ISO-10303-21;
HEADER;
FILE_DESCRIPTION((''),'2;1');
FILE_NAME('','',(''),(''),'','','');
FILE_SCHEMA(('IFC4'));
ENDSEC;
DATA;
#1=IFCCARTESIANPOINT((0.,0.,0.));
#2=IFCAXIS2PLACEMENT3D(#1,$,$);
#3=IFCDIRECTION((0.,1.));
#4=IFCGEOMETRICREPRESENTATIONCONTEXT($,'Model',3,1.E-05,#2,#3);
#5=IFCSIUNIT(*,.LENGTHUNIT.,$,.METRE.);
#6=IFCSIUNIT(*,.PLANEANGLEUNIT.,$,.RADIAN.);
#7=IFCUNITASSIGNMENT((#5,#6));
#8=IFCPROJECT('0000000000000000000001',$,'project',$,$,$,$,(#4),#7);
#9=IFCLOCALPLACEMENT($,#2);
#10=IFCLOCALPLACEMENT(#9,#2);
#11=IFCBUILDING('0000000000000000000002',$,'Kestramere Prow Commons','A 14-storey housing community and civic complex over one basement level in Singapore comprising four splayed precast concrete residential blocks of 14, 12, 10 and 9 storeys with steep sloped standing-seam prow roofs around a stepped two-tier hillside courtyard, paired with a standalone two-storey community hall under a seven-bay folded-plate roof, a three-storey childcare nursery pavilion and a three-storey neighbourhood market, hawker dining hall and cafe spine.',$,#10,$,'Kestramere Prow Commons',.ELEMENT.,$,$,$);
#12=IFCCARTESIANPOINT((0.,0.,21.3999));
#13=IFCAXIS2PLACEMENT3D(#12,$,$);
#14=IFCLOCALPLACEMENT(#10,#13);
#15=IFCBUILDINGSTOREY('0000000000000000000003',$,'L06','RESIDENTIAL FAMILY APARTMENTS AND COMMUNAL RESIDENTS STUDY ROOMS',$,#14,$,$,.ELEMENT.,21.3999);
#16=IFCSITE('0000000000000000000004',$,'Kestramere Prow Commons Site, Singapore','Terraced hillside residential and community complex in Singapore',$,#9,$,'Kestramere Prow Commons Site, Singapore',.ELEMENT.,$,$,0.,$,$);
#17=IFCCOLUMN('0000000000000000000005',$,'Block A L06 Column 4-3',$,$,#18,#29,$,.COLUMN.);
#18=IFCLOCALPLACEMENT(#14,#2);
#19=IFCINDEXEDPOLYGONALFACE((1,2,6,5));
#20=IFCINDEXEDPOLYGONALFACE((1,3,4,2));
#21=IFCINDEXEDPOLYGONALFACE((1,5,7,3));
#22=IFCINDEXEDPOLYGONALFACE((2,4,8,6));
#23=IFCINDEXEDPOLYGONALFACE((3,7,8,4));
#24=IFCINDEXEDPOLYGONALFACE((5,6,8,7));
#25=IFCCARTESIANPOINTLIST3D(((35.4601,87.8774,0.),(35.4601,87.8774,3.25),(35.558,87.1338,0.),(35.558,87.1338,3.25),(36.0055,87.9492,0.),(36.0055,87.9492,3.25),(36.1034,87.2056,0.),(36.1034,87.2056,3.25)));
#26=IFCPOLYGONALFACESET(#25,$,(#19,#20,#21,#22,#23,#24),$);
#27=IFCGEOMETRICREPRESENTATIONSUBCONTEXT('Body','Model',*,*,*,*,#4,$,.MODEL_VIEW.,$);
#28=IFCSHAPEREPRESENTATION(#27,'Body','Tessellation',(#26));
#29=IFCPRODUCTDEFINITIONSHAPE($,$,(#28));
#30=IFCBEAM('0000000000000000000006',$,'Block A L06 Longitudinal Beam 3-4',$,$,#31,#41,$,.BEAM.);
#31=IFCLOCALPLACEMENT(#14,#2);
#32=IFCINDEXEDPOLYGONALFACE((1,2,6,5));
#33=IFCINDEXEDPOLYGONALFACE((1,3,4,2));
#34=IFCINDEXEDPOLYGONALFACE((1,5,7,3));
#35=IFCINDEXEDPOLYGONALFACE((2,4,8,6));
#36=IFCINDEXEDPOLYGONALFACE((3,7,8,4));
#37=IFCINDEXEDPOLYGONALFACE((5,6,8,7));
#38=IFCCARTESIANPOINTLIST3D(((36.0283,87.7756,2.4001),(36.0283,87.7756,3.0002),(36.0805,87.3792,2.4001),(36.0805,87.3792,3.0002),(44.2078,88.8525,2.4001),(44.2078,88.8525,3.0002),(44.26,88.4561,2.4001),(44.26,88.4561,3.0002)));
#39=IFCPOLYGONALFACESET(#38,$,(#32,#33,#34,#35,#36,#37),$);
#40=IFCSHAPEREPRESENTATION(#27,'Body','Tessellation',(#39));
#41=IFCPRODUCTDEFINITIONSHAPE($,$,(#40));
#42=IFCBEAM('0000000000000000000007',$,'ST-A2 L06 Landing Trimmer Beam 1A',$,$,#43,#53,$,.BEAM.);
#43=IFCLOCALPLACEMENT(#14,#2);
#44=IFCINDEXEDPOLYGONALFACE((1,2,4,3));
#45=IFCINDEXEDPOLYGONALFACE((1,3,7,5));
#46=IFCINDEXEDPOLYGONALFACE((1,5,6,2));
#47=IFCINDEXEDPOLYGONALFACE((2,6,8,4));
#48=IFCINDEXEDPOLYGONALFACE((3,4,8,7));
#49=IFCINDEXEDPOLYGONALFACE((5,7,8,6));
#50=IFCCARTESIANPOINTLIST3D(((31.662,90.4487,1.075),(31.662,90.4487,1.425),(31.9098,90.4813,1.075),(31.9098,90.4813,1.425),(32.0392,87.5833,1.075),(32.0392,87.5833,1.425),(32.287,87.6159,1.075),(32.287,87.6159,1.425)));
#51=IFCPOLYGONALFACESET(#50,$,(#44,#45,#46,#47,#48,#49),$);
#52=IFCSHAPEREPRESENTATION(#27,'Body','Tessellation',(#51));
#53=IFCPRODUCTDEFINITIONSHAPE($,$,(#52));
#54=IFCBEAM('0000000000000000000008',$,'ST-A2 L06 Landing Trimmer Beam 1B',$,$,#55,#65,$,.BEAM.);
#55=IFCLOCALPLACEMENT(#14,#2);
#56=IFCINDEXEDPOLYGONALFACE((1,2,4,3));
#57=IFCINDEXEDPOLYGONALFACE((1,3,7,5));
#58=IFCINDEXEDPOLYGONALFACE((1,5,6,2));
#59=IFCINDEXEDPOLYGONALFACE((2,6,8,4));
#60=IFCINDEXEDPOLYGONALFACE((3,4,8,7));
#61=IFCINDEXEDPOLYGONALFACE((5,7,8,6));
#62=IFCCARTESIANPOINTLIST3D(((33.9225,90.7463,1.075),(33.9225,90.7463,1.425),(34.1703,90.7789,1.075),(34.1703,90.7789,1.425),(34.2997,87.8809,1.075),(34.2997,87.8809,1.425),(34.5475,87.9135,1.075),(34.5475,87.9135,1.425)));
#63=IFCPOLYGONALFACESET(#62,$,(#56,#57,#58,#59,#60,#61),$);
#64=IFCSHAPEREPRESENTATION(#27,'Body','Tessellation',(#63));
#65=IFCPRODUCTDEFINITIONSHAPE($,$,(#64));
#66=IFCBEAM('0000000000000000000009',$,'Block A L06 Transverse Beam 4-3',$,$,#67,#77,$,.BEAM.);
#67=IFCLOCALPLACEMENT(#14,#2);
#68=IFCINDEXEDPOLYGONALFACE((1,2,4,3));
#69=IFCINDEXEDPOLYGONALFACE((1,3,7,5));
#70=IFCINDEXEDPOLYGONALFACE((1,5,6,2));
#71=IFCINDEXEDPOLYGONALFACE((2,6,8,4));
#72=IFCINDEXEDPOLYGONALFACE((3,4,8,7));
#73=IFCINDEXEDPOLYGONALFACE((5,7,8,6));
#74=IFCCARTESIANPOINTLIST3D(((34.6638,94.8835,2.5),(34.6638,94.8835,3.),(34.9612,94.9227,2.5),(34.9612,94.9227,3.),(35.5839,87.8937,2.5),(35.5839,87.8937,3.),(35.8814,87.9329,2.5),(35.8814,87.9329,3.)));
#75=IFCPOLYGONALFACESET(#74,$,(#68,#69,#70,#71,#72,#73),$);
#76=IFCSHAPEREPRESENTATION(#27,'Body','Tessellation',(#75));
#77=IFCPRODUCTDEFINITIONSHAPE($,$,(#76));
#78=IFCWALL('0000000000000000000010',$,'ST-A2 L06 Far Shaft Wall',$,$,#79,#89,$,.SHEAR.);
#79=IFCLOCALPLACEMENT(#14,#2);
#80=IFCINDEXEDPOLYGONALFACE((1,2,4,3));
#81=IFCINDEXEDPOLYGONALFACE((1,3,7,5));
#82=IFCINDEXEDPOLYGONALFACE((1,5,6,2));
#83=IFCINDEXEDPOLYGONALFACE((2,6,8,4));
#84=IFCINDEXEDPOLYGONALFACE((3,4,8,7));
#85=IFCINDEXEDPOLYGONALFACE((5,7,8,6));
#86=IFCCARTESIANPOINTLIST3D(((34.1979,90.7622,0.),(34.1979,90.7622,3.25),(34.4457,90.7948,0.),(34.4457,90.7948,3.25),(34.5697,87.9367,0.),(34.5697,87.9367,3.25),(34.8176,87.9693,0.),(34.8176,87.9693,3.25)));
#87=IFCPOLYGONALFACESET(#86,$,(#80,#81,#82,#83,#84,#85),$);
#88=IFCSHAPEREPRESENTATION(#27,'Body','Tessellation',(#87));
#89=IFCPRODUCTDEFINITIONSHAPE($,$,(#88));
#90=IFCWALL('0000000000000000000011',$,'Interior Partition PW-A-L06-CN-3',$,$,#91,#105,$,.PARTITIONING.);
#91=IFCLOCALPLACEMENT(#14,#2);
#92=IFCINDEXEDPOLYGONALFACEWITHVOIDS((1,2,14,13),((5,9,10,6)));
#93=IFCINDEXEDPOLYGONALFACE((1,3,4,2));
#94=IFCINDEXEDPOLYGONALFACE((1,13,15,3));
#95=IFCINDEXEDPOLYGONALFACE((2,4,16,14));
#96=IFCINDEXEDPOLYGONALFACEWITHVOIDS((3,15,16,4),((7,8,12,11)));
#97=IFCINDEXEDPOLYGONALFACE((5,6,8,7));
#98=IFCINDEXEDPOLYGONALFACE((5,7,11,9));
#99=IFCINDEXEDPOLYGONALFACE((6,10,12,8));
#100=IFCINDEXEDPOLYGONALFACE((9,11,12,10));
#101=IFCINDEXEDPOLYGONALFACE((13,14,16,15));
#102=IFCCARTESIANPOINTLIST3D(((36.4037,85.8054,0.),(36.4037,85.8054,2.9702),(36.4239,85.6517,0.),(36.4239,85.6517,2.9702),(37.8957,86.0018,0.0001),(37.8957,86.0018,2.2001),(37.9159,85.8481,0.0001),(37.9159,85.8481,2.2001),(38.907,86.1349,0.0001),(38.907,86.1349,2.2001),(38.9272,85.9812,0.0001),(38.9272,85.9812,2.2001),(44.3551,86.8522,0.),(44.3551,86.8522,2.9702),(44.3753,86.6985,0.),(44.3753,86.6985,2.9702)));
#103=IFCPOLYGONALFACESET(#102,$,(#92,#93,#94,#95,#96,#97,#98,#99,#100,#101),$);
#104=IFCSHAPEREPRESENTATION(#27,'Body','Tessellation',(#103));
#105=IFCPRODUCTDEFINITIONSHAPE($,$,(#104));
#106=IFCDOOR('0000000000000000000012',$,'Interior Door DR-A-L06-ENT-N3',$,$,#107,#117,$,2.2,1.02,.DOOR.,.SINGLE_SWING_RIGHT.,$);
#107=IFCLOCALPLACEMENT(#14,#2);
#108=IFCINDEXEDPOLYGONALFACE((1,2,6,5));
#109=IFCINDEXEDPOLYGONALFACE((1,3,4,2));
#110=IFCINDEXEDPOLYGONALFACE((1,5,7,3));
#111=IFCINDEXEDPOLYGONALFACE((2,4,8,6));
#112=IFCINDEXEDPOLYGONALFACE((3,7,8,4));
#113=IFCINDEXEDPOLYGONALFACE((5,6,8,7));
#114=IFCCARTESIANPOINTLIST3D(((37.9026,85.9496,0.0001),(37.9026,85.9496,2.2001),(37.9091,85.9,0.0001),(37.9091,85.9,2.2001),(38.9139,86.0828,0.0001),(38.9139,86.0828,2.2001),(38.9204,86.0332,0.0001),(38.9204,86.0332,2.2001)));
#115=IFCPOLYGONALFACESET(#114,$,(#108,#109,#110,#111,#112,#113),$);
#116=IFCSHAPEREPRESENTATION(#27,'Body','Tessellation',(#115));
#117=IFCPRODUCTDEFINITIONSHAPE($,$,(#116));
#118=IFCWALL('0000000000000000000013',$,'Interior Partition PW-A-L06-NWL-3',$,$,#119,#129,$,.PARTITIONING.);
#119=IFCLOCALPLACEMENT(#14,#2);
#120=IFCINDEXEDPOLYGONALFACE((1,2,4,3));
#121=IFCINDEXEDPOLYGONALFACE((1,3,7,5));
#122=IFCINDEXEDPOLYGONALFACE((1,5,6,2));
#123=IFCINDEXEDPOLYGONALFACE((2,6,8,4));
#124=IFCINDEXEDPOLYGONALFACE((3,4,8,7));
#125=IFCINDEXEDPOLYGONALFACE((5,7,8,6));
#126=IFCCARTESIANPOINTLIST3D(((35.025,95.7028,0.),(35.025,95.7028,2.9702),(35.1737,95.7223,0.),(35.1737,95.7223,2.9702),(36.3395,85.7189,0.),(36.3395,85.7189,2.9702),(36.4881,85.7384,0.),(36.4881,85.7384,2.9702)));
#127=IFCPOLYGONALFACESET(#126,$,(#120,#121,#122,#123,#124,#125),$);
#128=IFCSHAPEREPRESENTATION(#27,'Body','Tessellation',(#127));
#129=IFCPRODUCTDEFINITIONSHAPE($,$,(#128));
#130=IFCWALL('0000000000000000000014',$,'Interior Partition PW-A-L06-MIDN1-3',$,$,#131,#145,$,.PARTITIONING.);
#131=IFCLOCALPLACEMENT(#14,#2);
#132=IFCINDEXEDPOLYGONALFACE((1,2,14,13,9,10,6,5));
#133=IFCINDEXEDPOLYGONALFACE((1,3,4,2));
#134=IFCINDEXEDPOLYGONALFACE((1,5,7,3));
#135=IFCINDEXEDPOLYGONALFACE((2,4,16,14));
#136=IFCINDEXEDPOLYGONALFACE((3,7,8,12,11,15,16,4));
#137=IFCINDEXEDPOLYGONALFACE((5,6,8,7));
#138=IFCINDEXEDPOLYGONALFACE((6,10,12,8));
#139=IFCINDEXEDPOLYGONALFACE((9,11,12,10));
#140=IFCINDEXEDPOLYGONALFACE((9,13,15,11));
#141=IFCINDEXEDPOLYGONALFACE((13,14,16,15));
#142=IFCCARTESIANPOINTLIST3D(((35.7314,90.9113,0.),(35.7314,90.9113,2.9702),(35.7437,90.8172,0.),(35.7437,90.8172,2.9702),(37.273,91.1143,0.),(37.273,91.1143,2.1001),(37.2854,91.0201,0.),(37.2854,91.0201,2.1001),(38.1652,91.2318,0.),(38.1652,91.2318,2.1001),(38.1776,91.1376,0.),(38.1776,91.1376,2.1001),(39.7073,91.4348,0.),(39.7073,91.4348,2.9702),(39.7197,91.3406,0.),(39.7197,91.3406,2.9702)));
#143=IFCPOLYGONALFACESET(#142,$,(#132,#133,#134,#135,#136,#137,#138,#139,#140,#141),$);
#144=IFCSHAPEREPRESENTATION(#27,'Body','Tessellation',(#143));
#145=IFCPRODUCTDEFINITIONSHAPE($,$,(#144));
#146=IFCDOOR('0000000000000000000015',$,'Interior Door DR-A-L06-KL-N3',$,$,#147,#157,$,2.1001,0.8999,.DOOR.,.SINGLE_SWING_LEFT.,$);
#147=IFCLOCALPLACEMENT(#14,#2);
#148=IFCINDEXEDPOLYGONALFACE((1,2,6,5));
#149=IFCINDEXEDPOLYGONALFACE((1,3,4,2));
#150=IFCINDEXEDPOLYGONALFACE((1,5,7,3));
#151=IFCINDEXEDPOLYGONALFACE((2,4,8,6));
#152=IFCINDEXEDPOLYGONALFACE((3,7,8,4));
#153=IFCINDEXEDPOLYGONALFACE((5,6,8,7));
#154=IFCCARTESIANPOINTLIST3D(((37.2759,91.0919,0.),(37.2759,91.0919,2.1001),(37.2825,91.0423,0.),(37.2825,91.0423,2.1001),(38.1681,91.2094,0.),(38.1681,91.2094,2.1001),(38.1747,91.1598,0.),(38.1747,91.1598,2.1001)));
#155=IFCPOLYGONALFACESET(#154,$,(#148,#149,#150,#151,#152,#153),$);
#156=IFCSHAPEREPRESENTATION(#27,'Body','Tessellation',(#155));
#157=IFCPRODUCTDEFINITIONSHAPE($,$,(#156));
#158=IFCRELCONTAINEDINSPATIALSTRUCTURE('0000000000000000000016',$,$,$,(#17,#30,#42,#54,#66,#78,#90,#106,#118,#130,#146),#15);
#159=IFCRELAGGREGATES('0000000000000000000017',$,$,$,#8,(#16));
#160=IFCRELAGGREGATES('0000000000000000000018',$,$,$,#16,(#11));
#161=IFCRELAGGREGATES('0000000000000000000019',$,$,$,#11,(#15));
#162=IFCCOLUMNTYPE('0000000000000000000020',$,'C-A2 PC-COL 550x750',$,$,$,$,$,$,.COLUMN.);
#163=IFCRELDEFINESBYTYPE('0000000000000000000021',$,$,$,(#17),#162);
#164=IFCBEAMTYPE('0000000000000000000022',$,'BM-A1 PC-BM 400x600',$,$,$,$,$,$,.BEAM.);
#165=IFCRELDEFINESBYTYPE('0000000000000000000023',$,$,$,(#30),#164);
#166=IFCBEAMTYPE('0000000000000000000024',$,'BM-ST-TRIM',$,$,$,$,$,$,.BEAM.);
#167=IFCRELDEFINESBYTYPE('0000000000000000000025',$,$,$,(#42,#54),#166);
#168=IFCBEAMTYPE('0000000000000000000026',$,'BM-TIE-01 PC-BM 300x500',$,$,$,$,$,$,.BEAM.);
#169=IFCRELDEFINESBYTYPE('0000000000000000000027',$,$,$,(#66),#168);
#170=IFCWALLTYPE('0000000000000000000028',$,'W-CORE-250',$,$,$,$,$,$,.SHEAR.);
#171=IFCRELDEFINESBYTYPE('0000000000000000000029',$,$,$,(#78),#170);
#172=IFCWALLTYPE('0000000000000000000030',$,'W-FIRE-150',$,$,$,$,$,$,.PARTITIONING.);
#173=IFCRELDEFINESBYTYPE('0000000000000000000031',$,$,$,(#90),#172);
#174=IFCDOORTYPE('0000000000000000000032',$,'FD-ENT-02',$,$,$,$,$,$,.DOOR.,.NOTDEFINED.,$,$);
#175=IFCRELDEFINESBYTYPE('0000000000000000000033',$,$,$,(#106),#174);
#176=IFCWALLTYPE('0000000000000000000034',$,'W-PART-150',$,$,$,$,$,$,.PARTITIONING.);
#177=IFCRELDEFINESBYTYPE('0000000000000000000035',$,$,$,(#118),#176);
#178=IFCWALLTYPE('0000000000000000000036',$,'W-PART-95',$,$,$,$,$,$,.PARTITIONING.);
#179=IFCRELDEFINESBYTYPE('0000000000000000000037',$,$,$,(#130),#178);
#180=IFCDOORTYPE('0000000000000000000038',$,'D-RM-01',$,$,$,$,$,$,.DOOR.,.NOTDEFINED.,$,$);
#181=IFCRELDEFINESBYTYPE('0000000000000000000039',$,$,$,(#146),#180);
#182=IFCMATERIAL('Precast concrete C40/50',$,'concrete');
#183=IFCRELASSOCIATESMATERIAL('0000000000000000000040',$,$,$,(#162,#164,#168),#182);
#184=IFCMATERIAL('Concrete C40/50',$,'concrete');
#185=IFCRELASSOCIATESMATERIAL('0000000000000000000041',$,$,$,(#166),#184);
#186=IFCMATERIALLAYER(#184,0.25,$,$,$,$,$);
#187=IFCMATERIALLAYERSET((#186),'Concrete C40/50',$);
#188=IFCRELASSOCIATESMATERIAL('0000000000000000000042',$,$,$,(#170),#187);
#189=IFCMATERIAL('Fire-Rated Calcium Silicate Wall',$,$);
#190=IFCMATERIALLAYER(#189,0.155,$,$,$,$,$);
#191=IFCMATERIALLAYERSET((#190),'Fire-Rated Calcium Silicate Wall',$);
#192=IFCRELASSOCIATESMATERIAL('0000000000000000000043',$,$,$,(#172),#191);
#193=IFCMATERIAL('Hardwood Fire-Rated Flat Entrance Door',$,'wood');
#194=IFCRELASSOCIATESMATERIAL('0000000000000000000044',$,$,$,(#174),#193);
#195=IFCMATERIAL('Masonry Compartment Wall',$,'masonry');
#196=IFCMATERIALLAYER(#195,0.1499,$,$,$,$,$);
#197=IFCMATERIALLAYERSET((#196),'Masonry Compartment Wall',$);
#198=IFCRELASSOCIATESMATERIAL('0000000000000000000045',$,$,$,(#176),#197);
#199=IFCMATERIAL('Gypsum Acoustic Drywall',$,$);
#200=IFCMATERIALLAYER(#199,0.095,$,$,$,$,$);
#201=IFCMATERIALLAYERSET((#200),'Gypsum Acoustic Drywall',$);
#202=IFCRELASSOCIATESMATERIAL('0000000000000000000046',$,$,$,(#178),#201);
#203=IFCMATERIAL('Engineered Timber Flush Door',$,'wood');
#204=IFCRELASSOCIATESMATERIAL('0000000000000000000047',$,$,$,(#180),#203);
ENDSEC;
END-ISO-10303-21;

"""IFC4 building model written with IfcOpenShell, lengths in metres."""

from ifc_helpers import new_model, si_unit, direction, frame, frame_2d, origin, origin_2d, place, context, subcontext, project, spatial, rectangle, extrude, material, layer, layer_set, material_profile, profile_set, type_object, element, fill, save


model = new_model("IFC4")

# Units and contexts
model_context = context("Model", 3, precision=1e-05, world=origin(), true_north=direction((0.0, 1.0)))
body_context = subcontext(model_context, "Body", "Model", "MODEL_VIEW")
ifc_project = project(units=[si_unit("LENGTHUNIT", "METRE"), si_unit("PLANEANGLEUNIT", "RADIAN")], contexts=[model_context])

# Site, building, storey
site_placement = place(None, origin())
site = spatial("IfcSite", under=ifc_project, at=site_placement, Name="Kestramere Prow Commons Site, Singapore", Description="Terraced hillside residential and community complex in Singapore", LongName="Kestramere Prow Commons Site, Singapore", CompositionType="ELEMENT", RefElevation=0.0)
building_placement = place(site_placement, origin())
building = spatial("IfcBuilding", under=site, at=building_placement, Name="Kestramere Prow Commons", Description="A 14-storey housing community and civic complex over one basement level in Singapore comprising four splayed precast concrete residential blocks of 14, 12, 10 and 9 storeys with steep sloped standing-seam prow roofs around a stepped two-tier hillside courtyard, paired with a standalone two-storey community hall under a seven-bay folded-plate roof, a three-storey childcare nursery pavilion and a three-storey neighbourhood market, hawker dining hall and cafe spine.", LongName="Kestramere Prow Commons", CompositionType="ELEMENT")
storey_placement = place(building_placement, frame((0.0, 0.0, 21.3999)))
storey = spatial("IfcBuildingStorey", under=building, at=storey_placement, Name="L06", Description="RESIDENTIAL FAMILY APARTMENTS AND COMMUNAL RESIDENTS STUDY ROOMS", CompositionType="ELEMENT", Elevation=21.3999)

# Column
ifc_material_1 = material(Name="Precast concrete C40/50", Category="concrete")
ifc_material_profile_1 = material_profile(ifc_material_1, rectangle(XDim=0.55, YDim=0.75, at=origin_2d()), Name="PC-COL 550x750")
ifc_profile_set_1 = profile_set([ifc_material_profile_1], Name="Precast concrete C40/50")
column_type = type_object("IfcColumnType", Name="C-A2 PC-COL 550x750", PredefinedType="COLUMN", material=ifc_profile_set_1)
column_placement = place(storey_placement, frame((35.7817, 87.5415, 0.0), z_axis=(0.0, 0.0, 1.0), x_axis=(0.991445, 0.130526, 0.0)))
element("IfcColumn", 1, at=column_placement, inside=storey, type_object=column_type, Name="Block A L06 Column 4-3", PredefinedType="COLUMN", context=body_context, shape_type="SweptSolid", body=[
    extrude(rectangle(XDim=0.55, YDim=0.75, at=origin_2d()), origin(), (0.0, 0.0, 1.0), 3.25),
])

# Beams
ifc_material_profile_2 = material_profile(ifc_material_1, rectangle(XDim=0.3999, YDim=0.6001, at=origin_2d()), Name="PC-BM 400x600")
ifc_profile_set_2 = profile_set([ifc_material_profile_2], Name="Precast concrete C40/50")
beam_type_1 = type_object("IfcBeamType", Name="BM-A1 PC-BM 400x600", PredefinedType="BEAM", material=ifc_profile_set_2)
beam_1_placement = place(storey_placement, frame((36.0544, 87.5774, 2.7002), z_axis=(0.991444, 0.130533, 0.0), x_axis=(-0.130533, 0.991444, 0.0)))
element("IfcBeam", 2, at=beam_1_placement, inside=storey, type_object=beam_type_1, Name="Block A L06 Longitudinal Beam 3-4", PredefinedType="BEAM", context=body_context, shape_type="SweptSolid", body=[
    extrude(rectangle(XDim=0.3999, YDim=0.6001, at=origin_2d()), origin(), (0.0, 0.0, 1.0), 8.25),
])
ifc_material_2 = material(Name="Concrete C40/50", Category="concrete")
ifc_material_profile_3 = material_profile(ifc_material_2, rectangle(XDim=0.25, YDim=0.3501, at=origin_2d()), Name="PC-BM 250x350")
ifc_profile_set_3 = profile_set([ifc_material_profile_3], Name="Concrete C40/50")
beam_type_2 = type_object("IfcBeamType", Name="BM-ST-TRIM", PredefinedType="BEAM", material=ifc_profile_set_3)
for number, where, z_axis, x_axis, name in (
    (3, (32.1631, 87.5996, 1.25), (-0.130509, 0.991447, 0.0), (-0.991447, -0.130509, 0.0), "ST-A2 L06 Landing Trimmer Beam 1A"),
    (4, (34.4236, 87.8972, 1.25), (-0.130509, 0.991447, 0.0), (-0.991447, -0.130509, 0.0), "ST-A2 L06 Landing Trimmer Beam 1B"),
):
    element("IfcBeam", number, at=place(storey_placement, frame(where, z_axis=z_axis, x_axis=x_axis)), inside=storey, type_object=beam_type_2, Name=name, PredefinedType="BEAM", context=body_context, shape_type="SweptSolid", body=[
        extrude(rectangle(XDim=0.25, YDim=0.3501, at=origin_2d()), origin(), (0.0, 0.0, 1.0), 2.8901),
    ])
ifc_material_profile_4 = material_profile(ifc_material_1, rectangle(XDim=0.3, YDim=0.5, at=origin_2d()), Name="PC-BM 300x500")
ifc_profile_set_4 = profile_set([ifc_material_profile_4], Name="Precast concrete C40/50")
beam_type_3 = type_object("IfcBeamType", Name="BM-TIE-01 PC-BM 300x500", PredefinedType="BEAM", material=ifc_profile_set_4)
beam_2_placement = place(storey_placement, frame((35.7327, 87.9133, 2.75), z_axis=(-0.130519, 0.991446, 0.0), x_axis=(-0.991446, -0.130519, 0.0)))
element("IfcBeam", 5, at=beam_2_placement, inside=storey, type_object=beam_type_3, Name="Block A L06 Transverse Beam 4-3", PredefinedType="BEAM", context=body_context, shape_type="SweptSolid", body=[
    extrude(rectangle(XDim=0.3, YDim=0.5, at=origin_2d()), origin(), (0.0, 0.0, 1.0), 7.05),
])

# Wall
ifc_layer_1 = layer(ifc_material_2, 0.25)
ifc_layer_set_1 = layer_set([ifc_layer_1], Name="Concrete C40/50")
wall_type_1 = type_object("IfcWallType", Name="W-CORE-250", PredefinedType="SHEAR", material=ifc_layer_set_1)
wall_1_placement = place(storey_placement, frame((34.6936, 87.9531, 0.0), z_axis=(0.0, 0.0, 1.0), x_axis=(-0.130474, 0.991452, 0.0)))
element("IfcWall", 6, at=wall_1_placement, inside=storey, type_object=wall_type_1, Name="ST-A2 L06 Far Shaft Wall", PredefinedType="SHEAR", context=body_context, shape_type="SweptSolid", body=[
    extrude(rectangle(XDim=2.8499, YDim=0.25, at=frame_2d((1.4248, 0.0))), origin(), (0.0, 0.0, 1.0), 3.25),
])

# Wall, opening, door
ifc_material_3 = material(Name="Fire-Rated Calcium Silicate Wall")
ifc_layer_2 = layer(ifc_material_3, 0.155)
ifc_layer_set_2 = layer_set([ifc_layer_2], Name="Fire-Rated Calcium Silicate Wall")
wall_type_2 = type_object("IfcWallType", Name="W-FIRE-150", PredefinedType="PARTITIONING", material=ifc_layer_set_2)
wall_2_placement = place(storey_placement, frame((36.4138, 85.7285, 0.0), z_axis=(0.0, 0.0, 1.0), x_axis=(0.991444, 0.130532, 0.0)))
wall_2 = element("IfcWall", 7, at=wall_2_placement, inside=storey, type_object=wall_type_2, Name="Interior Partition PW-A-L06-CN-3", PredefinedType="PARTITIONING", context=body_context, shape_type="SweptSolid", body=[
    extrude(rectangle(XDim=8.02, YDim=0.155, at=frame_2d((4.01, 0.0))), origin(), (0.0, 0.0, 1.0), 2.9702),
])
opening_1_placement = place(wall_2_placement, frame((1.5049, 0.0, 0.0)))
opening_1 = element("IfcOpeningElement", 8, at=opening_1_placement, cuts=wall_2, PredefinedType="OPENING", context=body_context, shape_type="SweptSolid", body=[
    extrude(rectangle(XDim=1.02, YDim=2.2, at=frame_2d((0.51, 1.1001))), frame((0.0, 0.0925, 0.0), z_axis=(0.0, -1.0, 0.0), x_axis=(1.0, 0.0, 0.0)), (0.0, 0.0, 1.0), 0.1851),
])
ifc_material_4 = material(Name="Hardwood Fire-Rated Flat Entrance Door", Category="wood")
door_type_1 = type_object("IfcDoorType", Name="FD-ENT-02", OperationType="NOTDEFINED", PredefinedType="DOOR", material=ifc_material_4)
door_1_placement = place(opening_1_placement, origin())
door_1 = element("IfcDoor", 9, at=door_1_placement, inside=storey, type_object=door_type_1, Name="Interior Door DR-A-L06-ENT-N3", OperationType="SINGLE_SWING_RIGHT", OverallHeight=2.2, OverallWidth=1.02, PredefinedType="DOOR", context=body_context, shape_type="SweptSolid", body=[
    extrude(rectangle(XDim=1.02, YDim=2.2, at=frame_2d((0.51, 1.1001))), frame((0.0, 0.0249, 0.0), z_axis=(0.0, -1.0, 0.0), x_axis=(1.0, 0.0, 0.0)), (0.0, 0.0, 1.0), 0.05),
])
fill(opening_1, door_1)

# Wall
ifc_material_5 = material(Name="Masonry Compartment Wall", Category="masonry")
ifc_layer_3 = layer(ifc_material_5, 0.1499)
ifc_layer_set_3 = layer_set([ifc_layer_3], Name="Masonry Compartment Wall")
wall_type_3 = type_object("IfcWallType", Name="W-PART-150", PredefinedType="PARTITIONING", material=ifc_layer_set_3)
wall_3_placement = place(storey_placement, frame((36.4138, 85.7285, 0.0), z_axis=(0.0, 0.0, 1.0), x_axis=(-0.130531, 0.991444, 0.0)))
element("IfcWall", 10, at=wall_3_placement, inside=storey, type_object=wall_type_3, Name="Interior Partition PW-A-L06-NWL-3", PredefinedType="PARTITIONING", context=body_context, shape_type="SweptSolid", body=[
    extrude(rectangle(XDim=10.0701, YDim=0.1499, at=frame_2d((5.0352, 0.0))), origin(), (0.0, 0.0, 1.0), 2.9702),
])

# Wall, opening, door
ifc_material_6 = material(Name="Gypsum Acoustic Drywall")
ifc_layer_4 = layer(ifc_material_6, 0.095)
ifc_layer_set_4 = layer_set([ifc_layer_4], Name="Gypsum Acoustic Drywall")
wall_type_4 = type_object("IfcWallType", Name="W-PART-95", PredefinedType="PARTITIONING", material=ifc_layer_set_4)
wall_4_placement = place(storey_placement, frame((35.7375, 90.8643, 0.0), z_axis=(0.0, 0.0, 1.0), x_axis=(0.991445, 0.130529, 0.0)))
wall_4 = element("IfcWall", 11, at=wall_4_placement, inside=storey, type_object=wall_type_4, Name="Interior Partition PW-A-L06-MIDN1-3", PredefinedType="PARTITIONING", context=body_context, shape_type="SweptSolid", body=[
    extrude(rectangle(XDim=4.0103, YDim=0.095, at=frame_2d((2.0051, 0.0))), origin(), (0.0, 0.0, 1.0), 2.9702),
])
opening_2_placement = place(wall_4_placement, frame((1.5549, 0.0, 0.0)))
opening_2 = element("IfcOpeningElement", 12, at=opening_2_placement, cuts=wall_4, PredefinedType="OPENING", context=body_context, shape_type="SweptSolid", body=[
    extrude(rectangle(XDim=0.8999, YDim=2.1001, at=frame_2d((0.45, 1.05))), frame((0.0, 0.0625, 0.0), z_axis=(0.0, -1.0, 0.0), x_axis=(1.0, 0.0, 0.0)), (0.0, 0.0, 1.0), 0.125),
])
ifc_material_7 = material(Name="Engineered Timber Flush Door", Category="wood")
door_type_2 = type_object("IfcDoorType", Name="D-RM-01", OperationType="NOTDEFINED", PredefinedType="DOOR", material=ifc_material_7)
door_2_placement = place(opening_2_placement, origin())
door_2 = element("IfcDoor", 13, at=door_2_placement, inside=storey, type_object=door_type_2, Name="Interior Door DR-A-L06-KL-N3", OperationType="SINGLE_SWING_LEFT", OverallHeight=2.1001, OverallWidth=0.8999, PredefinedType="DOOR", context=body_context, shape_type="SweptSolid", body=[
    extrude(rectangle(XDim=0.8999, YDim=2.1001, at=frame_2d((0.45, 1.05))), frame((0.0, 0.0249, 0.0), z_axis=(0.0, -1.0, 0.0), x_axis=(1.0, 0.0, 0.0)), (0.0, 0.0, 1.0), 0.05),
])
fill(opening_2, door_2)

save(model, "model.ifc")
